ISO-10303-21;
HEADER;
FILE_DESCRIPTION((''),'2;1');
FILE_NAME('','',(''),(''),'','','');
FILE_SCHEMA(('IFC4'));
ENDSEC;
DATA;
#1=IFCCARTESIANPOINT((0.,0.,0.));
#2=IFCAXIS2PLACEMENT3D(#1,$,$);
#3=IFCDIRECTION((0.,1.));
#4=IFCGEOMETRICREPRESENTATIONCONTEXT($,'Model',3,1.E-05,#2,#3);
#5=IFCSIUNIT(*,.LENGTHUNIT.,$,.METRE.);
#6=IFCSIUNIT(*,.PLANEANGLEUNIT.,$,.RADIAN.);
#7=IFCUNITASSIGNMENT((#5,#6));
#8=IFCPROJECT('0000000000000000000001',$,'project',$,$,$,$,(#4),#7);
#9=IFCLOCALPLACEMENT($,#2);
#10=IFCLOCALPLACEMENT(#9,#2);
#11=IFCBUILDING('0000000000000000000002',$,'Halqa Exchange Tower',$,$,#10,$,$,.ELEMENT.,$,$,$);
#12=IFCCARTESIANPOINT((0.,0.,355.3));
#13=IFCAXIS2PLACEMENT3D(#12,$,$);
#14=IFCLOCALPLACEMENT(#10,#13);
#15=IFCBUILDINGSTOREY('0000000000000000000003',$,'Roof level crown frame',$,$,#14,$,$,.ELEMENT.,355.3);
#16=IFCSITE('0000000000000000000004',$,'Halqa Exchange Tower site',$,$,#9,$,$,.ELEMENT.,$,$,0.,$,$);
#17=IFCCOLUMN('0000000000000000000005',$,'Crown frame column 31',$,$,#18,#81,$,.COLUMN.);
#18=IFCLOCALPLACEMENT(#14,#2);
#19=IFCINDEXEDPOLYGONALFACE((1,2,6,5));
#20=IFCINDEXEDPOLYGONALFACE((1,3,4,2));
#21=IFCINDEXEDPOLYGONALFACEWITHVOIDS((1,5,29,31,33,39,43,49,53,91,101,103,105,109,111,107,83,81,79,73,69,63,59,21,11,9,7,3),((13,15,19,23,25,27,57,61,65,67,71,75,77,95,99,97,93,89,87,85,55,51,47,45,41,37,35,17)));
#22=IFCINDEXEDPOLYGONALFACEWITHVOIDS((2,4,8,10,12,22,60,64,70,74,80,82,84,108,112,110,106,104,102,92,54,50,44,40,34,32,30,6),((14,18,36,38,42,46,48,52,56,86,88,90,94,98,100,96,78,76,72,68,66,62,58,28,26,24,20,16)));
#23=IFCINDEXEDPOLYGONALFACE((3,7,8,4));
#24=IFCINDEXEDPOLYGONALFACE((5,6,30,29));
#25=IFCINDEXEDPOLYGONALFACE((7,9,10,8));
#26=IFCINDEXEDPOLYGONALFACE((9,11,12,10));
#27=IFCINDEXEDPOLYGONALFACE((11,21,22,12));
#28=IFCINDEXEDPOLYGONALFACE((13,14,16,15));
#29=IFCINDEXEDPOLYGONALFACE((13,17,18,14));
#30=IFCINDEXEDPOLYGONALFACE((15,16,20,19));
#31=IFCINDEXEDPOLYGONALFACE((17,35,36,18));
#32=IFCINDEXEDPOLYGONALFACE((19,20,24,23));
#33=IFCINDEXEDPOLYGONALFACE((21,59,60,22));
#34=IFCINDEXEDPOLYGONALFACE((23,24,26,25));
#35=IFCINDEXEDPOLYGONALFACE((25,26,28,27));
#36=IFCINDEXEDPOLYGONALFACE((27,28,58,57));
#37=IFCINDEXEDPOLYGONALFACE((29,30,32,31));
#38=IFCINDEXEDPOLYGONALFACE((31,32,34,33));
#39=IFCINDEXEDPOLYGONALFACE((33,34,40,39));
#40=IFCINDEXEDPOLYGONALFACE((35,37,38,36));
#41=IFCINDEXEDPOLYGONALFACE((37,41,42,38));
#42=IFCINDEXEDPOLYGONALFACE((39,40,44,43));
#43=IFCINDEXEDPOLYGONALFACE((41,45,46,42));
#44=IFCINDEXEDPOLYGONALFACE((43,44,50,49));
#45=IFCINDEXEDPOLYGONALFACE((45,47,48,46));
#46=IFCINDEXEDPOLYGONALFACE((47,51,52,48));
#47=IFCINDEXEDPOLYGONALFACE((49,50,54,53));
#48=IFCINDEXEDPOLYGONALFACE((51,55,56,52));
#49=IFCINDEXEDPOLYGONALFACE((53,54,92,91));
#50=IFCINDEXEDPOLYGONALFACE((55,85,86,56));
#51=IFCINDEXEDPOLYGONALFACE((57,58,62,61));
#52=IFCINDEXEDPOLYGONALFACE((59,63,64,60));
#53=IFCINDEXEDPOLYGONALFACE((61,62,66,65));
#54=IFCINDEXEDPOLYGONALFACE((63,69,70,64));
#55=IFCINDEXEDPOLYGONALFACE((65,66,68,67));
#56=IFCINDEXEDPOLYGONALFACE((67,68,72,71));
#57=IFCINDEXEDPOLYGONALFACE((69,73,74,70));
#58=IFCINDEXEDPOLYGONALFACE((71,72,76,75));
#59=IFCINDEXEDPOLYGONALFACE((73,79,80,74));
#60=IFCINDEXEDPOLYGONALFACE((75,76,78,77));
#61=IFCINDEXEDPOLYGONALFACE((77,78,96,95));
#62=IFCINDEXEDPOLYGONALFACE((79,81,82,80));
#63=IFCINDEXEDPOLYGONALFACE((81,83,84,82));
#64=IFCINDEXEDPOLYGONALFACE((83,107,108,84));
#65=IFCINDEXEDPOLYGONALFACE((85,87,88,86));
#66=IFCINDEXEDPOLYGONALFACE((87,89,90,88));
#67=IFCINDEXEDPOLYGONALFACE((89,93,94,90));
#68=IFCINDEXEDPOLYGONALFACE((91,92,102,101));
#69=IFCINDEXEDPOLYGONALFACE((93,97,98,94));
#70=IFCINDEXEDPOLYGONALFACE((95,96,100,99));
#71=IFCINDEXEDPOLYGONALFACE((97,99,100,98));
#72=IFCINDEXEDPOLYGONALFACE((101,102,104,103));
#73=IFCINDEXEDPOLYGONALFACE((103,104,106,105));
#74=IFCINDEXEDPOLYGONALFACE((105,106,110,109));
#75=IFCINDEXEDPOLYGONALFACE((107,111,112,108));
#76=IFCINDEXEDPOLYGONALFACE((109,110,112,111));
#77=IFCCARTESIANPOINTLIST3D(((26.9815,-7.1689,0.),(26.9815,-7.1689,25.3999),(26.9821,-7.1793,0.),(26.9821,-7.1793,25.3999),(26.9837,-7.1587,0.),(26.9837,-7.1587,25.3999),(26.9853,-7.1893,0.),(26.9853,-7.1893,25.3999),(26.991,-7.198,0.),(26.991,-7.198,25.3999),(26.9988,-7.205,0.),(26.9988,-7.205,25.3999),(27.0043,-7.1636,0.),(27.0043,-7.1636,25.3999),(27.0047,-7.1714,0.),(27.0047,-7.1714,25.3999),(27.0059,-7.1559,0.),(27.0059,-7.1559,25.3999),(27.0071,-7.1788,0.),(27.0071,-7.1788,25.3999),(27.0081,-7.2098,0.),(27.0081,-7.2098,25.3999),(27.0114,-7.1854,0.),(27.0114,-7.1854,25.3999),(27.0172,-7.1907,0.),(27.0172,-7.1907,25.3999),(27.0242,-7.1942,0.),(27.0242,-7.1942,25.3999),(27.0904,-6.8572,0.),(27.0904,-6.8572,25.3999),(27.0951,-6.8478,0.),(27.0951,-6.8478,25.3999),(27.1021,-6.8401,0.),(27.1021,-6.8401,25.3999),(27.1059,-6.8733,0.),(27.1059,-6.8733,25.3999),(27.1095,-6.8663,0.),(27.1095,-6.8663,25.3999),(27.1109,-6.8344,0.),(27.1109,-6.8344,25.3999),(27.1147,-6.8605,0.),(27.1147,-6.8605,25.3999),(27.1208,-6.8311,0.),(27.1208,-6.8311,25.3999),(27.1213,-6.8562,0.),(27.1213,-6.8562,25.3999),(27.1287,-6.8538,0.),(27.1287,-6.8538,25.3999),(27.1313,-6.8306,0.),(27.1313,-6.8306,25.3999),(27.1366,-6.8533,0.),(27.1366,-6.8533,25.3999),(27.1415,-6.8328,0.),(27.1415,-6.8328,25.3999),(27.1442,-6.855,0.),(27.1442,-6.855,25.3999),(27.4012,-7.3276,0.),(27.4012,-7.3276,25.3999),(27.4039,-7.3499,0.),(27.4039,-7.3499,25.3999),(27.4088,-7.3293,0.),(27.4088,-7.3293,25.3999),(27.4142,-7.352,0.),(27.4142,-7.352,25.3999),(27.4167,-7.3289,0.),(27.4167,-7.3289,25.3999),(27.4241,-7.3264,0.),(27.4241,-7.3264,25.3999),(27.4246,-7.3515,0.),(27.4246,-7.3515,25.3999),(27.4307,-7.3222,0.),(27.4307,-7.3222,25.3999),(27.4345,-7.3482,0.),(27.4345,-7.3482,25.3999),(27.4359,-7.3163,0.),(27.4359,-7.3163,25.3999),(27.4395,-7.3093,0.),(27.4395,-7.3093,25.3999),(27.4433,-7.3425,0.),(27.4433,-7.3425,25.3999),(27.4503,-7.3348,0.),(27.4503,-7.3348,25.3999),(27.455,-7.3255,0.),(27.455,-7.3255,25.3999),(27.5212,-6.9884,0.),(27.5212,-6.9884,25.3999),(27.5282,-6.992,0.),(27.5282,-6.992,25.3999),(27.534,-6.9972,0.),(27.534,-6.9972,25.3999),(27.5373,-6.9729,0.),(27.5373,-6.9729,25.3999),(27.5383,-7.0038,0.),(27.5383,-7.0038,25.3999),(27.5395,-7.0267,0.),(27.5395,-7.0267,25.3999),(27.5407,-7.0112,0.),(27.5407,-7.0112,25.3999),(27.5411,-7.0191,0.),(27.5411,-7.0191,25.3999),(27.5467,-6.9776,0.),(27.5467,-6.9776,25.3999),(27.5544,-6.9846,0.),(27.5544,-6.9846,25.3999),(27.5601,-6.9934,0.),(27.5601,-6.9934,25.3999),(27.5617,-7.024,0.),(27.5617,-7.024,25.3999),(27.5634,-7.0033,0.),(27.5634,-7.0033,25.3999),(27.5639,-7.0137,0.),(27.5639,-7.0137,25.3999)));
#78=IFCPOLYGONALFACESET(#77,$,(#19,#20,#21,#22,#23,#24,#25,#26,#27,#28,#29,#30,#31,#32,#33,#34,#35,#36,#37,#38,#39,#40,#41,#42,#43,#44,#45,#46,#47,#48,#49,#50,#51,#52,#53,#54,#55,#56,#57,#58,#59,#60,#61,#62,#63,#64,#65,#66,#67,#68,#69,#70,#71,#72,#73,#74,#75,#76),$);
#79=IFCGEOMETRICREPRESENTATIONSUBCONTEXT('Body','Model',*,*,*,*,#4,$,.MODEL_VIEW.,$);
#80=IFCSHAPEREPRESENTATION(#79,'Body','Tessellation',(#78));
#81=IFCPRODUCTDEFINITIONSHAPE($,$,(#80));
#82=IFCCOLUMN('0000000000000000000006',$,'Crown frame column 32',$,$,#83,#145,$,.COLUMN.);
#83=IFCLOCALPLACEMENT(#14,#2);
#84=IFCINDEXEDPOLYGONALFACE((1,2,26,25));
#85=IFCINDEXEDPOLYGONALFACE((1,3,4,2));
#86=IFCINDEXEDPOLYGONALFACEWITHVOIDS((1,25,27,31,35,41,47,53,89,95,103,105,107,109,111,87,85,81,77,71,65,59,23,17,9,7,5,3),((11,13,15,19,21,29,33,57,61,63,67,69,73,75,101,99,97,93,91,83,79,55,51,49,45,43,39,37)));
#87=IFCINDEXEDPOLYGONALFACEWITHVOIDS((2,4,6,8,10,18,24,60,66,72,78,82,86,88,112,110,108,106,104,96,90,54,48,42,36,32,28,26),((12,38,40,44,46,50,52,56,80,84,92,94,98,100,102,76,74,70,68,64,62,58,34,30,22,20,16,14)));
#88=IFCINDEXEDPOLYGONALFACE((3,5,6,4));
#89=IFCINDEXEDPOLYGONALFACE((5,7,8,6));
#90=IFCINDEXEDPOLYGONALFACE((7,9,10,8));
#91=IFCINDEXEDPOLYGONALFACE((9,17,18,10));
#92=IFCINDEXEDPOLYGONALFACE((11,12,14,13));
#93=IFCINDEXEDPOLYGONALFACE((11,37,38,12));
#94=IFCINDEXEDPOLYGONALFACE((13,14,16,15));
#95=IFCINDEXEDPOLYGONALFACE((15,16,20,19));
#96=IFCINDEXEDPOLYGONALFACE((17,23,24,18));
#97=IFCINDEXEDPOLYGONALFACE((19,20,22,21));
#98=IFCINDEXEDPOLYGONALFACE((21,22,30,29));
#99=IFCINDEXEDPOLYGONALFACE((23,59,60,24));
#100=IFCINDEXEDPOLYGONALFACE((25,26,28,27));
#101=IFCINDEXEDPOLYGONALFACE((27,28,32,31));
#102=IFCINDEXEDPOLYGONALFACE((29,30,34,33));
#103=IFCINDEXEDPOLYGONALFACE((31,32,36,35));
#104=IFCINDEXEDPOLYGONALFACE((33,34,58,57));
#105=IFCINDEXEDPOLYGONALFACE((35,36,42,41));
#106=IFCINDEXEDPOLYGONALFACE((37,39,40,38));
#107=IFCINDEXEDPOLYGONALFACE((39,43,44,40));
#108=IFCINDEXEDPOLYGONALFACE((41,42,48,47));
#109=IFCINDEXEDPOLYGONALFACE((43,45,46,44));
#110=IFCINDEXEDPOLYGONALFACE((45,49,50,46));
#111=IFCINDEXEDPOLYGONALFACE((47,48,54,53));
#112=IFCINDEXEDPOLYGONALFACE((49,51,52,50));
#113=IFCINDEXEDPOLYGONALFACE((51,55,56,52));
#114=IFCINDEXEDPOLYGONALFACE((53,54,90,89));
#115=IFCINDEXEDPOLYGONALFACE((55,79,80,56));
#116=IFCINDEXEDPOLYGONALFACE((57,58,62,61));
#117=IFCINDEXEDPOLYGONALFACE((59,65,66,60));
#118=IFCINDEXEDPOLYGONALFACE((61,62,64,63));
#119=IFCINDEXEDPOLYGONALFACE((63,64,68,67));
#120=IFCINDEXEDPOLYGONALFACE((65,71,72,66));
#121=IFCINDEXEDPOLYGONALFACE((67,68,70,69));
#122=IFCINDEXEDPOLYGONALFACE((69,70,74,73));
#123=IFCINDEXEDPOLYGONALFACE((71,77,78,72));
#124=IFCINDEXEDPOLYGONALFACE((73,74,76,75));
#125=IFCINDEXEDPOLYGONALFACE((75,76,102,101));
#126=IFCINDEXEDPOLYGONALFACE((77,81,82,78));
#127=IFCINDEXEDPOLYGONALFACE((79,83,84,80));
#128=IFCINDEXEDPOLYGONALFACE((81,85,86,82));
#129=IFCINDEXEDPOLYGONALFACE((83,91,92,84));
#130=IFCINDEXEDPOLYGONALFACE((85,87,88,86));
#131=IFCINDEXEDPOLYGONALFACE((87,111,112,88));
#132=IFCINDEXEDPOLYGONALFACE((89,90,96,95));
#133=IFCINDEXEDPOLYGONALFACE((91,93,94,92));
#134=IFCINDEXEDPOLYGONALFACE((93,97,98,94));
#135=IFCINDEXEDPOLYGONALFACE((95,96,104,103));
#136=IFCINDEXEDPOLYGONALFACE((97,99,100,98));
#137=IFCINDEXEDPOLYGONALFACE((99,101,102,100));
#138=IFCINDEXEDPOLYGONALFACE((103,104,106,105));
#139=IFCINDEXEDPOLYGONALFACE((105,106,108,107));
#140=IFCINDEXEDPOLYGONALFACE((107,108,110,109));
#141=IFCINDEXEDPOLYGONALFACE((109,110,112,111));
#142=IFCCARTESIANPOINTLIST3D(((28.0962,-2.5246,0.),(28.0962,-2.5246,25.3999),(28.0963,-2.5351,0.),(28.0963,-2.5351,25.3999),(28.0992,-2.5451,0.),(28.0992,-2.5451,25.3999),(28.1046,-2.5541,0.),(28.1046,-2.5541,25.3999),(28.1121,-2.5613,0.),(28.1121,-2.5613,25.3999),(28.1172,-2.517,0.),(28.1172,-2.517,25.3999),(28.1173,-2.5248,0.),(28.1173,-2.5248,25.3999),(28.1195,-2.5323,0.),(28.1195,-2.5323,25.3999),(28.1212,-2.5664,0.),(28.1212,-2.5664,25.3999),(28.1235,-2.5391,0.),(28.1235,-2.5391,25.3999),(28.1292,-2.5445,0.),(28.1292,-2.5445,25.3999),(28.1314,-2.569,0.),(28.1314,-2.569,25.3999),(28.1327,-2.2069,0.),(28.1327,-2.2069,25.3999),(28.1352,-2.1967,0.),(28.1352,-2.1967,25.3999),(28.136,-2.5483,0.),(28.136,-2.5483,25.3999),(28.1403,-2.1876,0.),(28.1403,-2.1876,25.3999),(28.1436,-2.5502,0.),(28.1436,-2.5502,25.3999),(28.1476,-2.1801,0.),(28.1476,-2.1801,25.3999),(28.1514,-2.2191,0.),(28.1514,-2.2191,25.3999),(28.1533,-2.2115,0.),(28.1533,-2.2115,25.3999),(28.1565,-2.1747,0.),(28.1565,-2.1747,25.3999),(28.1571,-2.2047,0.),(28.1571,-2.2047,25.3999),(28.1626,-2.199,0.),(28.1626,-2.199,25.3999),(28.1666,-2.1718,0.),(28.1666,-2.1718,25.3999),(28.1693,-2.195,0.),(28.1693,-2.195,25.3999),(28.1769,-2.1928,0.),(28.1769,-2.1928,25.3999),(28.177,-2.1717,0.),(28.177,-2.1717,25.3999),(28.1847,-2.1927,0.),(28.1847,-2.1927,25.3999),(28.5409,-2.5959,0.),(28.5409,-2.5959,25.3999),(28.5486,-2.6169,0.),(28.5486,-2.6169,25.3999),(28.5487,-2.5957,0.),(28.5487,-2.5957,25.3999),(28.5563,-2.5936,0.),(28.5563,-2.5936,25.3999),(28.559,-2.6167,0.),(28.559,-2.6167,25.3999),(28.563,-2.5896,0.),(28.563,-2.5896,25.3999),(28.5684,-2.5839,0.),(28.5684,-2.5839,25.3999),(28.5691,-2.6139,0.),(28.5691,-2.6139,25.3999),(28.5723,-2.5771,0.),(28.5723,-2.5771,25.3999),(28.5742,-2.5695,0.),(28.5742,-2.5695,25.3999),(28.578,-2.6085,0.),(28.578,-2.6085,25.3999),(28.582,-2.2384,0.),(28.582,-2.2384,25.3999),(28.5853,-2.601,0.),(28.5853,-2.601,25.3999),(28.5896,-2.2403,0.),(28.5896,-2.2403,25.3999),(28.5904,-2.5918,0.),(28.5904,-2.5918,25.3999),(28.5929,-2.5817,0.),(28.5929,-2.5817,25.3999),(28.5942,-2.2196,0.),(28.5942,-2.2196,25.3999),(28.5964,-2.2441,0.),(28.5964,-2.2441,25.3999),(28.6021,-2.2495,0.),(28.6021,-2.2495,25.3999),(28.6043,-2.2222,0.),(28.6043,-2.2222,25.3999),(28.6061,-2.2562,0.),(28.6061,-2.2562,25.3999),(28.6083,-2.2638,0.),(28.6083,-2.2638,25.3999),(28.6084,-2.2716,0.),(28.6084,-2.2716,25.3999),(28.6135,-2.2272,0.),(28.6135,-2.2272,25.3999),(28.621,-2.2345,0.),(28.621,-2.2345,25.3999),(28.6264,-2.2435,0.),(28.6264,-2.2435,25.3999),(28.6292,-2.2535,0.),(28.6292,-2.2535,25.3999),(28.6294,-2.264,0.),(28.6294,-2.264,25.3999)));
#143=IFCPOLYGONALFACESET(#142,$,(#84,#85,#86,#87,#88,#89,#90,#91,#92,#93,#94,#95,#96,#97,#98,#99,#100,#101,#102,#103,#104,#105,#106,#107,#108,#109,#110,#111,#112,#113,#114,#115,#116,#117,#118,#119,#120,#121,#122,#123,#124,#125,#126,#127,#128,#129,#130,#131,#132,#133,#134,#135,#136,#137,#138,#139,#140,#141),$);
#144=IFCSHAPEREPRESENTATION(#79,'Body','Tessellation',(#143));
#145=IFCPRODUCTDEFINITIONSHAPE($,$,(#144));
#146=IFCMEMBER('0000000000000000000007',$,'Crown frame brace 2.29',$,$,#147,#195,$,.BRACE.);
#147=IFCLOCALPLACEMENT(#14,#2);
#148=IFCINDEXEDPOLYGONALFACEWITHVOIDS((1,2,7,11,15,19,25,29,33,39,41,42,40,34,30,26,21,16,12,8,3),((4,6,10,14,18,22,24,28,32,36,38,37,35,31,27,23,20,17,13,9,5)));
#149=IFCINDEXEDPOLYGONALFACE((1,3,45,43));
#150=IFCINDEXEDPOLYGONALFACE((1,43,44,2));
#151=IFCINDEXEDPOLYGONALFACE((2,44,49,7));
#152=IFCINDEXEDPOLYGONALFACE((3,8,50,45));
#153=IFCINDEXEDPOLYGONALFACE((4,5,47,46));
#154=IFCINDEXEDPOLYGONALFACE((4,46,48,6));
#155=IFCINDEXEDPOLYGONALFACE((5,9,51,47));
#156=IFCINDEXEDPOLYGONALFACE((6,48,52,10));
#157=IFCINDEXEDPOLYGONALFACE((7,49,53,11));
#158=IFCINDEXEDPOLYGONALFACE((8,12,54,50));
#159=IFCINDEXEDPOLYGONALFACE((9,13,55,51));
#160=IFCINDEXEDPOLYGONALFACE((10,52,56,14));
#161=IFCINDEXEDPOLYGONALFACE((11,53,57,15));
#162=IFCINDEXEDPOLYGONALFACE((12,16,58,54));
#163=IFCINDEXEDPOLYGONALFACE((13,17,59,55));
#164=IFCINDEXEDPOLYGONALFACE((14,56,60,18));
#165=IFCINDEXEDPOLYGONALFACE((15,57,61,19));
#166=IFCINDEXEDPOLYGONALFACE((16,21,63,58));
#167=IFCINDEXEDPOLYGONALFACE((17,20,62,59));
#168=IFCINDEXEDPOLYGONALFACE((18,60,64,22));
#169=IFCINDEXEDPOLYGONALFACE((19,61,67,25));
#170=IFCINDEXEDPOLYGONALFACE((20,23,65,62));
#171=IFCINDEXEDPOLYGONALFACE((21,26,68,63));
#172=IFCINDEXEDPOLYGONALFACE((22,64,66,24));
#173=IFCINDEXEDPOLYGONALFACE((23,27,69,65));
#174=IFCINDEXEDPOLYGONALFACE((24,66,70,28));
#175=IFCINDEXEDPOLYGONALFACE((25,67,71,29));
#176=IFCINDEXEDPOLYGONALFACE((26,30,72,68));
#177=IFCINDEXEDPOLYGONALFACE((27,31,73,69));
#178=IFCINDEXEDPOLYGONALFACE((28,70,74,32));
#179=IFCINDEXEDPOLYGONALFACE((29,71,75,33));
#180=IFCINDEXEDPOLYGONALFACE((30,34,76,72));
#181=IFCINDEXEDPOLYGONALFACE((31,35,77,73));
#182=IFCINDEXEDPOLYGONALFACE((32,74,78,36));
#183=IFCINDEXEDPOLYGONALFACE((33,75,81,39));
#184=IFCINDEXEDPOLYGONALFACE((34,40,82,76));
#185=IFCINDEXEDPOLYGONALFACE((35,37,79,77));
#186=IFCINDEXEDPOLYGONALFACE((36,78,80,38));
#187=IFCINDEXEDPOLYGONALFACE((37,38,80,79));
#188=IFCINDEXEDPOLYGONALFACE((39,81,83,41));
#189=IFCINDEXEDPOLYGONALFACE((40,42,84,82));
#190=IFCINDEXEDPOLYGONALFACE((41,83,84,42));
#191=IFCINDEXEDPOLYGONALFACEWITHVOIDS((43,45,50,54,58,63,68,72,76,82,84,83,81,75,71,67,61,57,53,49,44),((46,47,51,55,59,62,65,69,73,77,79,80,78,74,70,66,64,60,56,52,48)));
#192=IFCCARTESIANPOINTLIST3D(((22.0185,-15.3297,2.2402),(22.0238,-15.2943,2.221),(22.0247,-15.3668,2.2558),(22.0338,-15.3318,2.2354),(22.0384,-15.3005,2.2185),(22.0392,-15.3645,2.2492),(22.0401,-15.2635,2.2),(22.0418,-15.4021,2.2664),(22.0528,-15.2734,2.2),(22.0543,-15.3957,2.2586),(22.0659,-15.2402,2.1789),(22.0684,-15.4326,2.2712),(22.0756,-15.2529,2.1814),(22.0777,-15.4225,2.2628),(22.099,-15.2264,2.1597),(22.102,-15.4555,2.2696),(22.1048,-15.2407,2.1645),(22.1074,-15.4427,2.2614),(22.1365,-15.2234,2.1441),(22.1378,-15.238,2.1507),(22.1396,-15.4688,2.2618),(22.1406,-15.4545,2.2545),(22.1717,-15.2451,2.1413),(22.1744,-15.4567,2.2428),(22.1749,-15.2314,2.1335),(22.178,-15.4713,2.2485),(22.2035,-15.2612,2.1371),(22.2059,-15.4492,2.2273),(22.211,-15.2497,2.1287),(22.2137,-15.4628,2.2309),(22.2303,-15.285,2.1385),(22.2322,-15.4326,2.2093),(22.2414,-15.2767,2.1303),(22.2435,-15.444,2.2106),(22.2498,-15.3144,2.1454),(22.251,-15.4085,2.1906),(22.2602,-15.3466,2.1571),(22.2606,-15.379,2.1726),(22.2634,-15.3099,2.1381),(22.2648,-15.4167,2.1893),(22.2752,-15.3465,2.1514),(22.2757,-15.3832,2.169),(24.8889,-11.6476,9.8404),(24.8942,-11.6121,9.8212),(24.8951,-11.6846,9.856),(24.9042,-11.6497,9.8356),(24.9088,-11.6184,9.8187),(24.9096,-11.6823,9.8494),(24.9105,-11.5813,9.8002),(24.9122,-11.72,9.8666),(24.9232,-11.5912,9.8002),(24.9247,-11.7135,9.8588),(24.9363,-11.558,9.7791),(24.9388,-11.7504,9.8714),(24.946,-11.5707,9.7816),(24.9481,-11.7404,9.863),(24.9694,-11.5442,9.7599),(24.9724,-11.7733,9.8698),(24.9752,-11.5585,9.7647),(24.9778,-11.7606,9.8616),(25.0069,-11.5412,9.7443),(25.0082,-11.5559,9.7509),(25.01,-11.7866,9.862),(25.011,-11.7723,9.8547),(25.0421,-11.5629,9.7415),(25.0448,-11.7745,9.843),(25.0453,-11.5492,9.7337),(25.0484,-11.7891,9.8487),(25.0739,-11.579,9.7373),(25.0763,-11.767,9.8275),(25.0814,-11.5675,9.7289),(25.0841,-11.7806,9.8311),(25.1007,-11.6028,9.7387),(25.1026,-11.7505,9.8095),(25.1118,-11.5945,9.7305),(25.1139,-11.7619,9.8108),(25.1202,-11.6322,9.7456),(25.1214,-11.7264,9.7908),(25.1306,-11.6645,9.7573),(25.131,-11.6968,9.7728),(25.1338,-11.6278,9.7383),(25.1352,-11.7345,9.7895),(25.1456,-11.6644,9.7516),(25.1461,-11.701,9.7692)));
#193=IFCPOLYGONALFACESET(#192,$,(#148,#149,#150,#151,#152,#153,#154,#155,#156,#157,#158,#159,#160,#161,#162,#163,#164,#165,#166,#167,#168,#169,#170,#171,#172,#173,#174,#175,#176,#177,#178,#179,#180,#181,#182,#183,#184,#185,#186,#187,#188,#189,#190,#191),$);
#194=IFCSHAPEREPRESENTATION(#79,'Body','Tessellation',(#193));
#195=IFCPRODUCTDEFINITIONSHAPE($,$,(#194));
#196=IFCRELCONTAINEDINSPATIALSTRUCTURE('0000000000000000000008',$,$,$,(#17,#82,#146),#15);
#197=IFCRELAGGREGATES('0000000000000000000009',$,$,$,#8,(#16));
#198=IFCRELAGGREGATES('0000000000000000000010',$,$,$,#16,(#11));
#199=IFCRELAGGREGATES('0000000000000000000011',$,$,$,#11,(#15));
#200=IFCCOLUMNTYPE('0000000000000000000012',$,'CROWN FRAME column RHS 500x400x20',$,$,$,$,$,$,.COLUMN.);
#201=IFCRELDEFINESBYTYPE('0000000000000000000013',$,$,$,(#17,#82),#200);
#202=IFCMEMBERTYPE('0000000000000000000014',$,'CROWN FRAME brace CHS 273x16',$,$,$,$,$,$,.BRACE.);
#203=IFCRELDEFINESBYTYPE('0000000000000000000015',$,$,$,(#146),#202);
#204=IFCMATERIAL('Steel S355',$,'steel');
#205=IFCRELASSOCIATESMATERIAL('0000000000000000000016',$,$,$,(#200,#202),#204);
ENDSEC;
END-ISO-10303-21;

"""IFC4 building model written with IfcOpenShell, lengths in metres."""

from ifc_helpers import new_model, si_unit, direction, frame, origin, origin_2d, place, context, subcontext, project, spatial, hollow_rectangle, hollow_circle, extrude, material, material_profile, profile_set, type_object, element, save


model = new_model("IFC4")

# Units and contexts
model_context = context("Model", 3, precision=1e-05, world=origin(), true_north=direction((0.0, 1.0)))
body_context = subcontext(model_context, "Body", "Model", "MODEL_VIEW")
ifc_project = project(units=[si_unit("LENGTHUNIT", "METRE"), si_unit("PLANEANGLEUNIT", "RADIAN")], contexts=[model_context])

# Site, building, storey
site_placement = place(None, origin())
site = spatial("IfcSite", under=ifc_project, at=site_placement, Name="Halqa Exchange Tower site", CompositionType="ELEMENT", RefElevation=0.0)
building_placement = place(site_placement, origin())
building = spatial("IfcBuilding", under=site, at=building_placement, Name="Halqa Exchange Tower", CompositionType="ELEMENT")
storey_placement = place(building_placement, frame((0.0, 0.0, 355.3)))
storey = spatial("IfcBuildingStorey", under=building, at=storey_placement, Name="Roof level crown frame", CompositionType="ELEMENT", Elevation=355.3)

# Columns
ifc_material_1 = material(Name="Steel S355", Category="steel")
ifc_material_profile_1 = material_profile(ifc_material_1, hollow_rectangle(XDim=0.3999, YDim=0.5, WallThickness=0.02, InnerFilletRadius=0.03, OuterFilletRadius=0.04, at=origin_2d()), Name="RHS 500x400x20")
ifc_profile_set_1 = profile_set([ifc_material_profile_1], Name="Steel S355")
column_type = type_object("IfcColumnType", Name="CROWN FRAME column RHS 500x400x20", PredefinedType="COLUMN", material=ifc_profile_set_1)
for number, where, z_axis, x_axis, name in (
    (1, (27.2727, -7.0913, 0.0), (0.0, 0.0, 1.0), (0.333624, 0.942706, 0.0), "Crown frame column 31"),
    (2, (28.3628, -2.3943, 0.0), (0.0, 0.0, 1.0), (0.11416, 0.993462, 0.0), "Crown frame column 32"),
):
    element("IfcColumn", number, at=place(storey_placement, frame(where, z_axis=z_axis, x_axis=x_axis)), inside=storey, type_object=column_type, Name=name, PredefinedType="COLUMN", context=body_context, shape_type="SweptSolid", body=[
        extrude(hollow_rectangle(XDim=0.3999, YDim=0.5, WallThickness=0.02, InnerFilletRadius=0.03, OuterFilletRadius=0.04, at=origin_2d()), origin(), (0.0, 0.0, 1.0), 25.3999),
    ])

# Member
ifc_material_profile_2 = material_profile(ifc_material_1, hollow_circle(Radius=0.1365, WallThickness=0.0161, at=origin_2d()), Name="CHS 273x16")
ifc_profile_set_2 = profile_set([ifc_material_profile_2], Name="Steel S355")
member_type = type_object("IfcMemberType", Name="CROWN FRAME brace CHS 273x16", PredefinedType="BRACE", material=ifc_profile_set_2)
member_1_placement = place(storey_placement, frame((22.1477, -15.3474, 2.2), z_axis=(0.321805, 0.412815, 0.852071), x_axis=(-0.788679, 0.614805, 0.0)))
element("IfcMember", 3, at=member_1_placement, inside=storey, type_object=member_type, Name="Crown frame brace 2.29", PredefinedType="BRACE", context=body_context, shape_type="SweptSolid", body=[
    extrude(hollow_circle(Radius=0.1365, WallThickness=0.0161, at=origin_2d()), origin(), (0.0, 0.0, 1.0), 8.9197),
])

save(model, "model.ifc")
